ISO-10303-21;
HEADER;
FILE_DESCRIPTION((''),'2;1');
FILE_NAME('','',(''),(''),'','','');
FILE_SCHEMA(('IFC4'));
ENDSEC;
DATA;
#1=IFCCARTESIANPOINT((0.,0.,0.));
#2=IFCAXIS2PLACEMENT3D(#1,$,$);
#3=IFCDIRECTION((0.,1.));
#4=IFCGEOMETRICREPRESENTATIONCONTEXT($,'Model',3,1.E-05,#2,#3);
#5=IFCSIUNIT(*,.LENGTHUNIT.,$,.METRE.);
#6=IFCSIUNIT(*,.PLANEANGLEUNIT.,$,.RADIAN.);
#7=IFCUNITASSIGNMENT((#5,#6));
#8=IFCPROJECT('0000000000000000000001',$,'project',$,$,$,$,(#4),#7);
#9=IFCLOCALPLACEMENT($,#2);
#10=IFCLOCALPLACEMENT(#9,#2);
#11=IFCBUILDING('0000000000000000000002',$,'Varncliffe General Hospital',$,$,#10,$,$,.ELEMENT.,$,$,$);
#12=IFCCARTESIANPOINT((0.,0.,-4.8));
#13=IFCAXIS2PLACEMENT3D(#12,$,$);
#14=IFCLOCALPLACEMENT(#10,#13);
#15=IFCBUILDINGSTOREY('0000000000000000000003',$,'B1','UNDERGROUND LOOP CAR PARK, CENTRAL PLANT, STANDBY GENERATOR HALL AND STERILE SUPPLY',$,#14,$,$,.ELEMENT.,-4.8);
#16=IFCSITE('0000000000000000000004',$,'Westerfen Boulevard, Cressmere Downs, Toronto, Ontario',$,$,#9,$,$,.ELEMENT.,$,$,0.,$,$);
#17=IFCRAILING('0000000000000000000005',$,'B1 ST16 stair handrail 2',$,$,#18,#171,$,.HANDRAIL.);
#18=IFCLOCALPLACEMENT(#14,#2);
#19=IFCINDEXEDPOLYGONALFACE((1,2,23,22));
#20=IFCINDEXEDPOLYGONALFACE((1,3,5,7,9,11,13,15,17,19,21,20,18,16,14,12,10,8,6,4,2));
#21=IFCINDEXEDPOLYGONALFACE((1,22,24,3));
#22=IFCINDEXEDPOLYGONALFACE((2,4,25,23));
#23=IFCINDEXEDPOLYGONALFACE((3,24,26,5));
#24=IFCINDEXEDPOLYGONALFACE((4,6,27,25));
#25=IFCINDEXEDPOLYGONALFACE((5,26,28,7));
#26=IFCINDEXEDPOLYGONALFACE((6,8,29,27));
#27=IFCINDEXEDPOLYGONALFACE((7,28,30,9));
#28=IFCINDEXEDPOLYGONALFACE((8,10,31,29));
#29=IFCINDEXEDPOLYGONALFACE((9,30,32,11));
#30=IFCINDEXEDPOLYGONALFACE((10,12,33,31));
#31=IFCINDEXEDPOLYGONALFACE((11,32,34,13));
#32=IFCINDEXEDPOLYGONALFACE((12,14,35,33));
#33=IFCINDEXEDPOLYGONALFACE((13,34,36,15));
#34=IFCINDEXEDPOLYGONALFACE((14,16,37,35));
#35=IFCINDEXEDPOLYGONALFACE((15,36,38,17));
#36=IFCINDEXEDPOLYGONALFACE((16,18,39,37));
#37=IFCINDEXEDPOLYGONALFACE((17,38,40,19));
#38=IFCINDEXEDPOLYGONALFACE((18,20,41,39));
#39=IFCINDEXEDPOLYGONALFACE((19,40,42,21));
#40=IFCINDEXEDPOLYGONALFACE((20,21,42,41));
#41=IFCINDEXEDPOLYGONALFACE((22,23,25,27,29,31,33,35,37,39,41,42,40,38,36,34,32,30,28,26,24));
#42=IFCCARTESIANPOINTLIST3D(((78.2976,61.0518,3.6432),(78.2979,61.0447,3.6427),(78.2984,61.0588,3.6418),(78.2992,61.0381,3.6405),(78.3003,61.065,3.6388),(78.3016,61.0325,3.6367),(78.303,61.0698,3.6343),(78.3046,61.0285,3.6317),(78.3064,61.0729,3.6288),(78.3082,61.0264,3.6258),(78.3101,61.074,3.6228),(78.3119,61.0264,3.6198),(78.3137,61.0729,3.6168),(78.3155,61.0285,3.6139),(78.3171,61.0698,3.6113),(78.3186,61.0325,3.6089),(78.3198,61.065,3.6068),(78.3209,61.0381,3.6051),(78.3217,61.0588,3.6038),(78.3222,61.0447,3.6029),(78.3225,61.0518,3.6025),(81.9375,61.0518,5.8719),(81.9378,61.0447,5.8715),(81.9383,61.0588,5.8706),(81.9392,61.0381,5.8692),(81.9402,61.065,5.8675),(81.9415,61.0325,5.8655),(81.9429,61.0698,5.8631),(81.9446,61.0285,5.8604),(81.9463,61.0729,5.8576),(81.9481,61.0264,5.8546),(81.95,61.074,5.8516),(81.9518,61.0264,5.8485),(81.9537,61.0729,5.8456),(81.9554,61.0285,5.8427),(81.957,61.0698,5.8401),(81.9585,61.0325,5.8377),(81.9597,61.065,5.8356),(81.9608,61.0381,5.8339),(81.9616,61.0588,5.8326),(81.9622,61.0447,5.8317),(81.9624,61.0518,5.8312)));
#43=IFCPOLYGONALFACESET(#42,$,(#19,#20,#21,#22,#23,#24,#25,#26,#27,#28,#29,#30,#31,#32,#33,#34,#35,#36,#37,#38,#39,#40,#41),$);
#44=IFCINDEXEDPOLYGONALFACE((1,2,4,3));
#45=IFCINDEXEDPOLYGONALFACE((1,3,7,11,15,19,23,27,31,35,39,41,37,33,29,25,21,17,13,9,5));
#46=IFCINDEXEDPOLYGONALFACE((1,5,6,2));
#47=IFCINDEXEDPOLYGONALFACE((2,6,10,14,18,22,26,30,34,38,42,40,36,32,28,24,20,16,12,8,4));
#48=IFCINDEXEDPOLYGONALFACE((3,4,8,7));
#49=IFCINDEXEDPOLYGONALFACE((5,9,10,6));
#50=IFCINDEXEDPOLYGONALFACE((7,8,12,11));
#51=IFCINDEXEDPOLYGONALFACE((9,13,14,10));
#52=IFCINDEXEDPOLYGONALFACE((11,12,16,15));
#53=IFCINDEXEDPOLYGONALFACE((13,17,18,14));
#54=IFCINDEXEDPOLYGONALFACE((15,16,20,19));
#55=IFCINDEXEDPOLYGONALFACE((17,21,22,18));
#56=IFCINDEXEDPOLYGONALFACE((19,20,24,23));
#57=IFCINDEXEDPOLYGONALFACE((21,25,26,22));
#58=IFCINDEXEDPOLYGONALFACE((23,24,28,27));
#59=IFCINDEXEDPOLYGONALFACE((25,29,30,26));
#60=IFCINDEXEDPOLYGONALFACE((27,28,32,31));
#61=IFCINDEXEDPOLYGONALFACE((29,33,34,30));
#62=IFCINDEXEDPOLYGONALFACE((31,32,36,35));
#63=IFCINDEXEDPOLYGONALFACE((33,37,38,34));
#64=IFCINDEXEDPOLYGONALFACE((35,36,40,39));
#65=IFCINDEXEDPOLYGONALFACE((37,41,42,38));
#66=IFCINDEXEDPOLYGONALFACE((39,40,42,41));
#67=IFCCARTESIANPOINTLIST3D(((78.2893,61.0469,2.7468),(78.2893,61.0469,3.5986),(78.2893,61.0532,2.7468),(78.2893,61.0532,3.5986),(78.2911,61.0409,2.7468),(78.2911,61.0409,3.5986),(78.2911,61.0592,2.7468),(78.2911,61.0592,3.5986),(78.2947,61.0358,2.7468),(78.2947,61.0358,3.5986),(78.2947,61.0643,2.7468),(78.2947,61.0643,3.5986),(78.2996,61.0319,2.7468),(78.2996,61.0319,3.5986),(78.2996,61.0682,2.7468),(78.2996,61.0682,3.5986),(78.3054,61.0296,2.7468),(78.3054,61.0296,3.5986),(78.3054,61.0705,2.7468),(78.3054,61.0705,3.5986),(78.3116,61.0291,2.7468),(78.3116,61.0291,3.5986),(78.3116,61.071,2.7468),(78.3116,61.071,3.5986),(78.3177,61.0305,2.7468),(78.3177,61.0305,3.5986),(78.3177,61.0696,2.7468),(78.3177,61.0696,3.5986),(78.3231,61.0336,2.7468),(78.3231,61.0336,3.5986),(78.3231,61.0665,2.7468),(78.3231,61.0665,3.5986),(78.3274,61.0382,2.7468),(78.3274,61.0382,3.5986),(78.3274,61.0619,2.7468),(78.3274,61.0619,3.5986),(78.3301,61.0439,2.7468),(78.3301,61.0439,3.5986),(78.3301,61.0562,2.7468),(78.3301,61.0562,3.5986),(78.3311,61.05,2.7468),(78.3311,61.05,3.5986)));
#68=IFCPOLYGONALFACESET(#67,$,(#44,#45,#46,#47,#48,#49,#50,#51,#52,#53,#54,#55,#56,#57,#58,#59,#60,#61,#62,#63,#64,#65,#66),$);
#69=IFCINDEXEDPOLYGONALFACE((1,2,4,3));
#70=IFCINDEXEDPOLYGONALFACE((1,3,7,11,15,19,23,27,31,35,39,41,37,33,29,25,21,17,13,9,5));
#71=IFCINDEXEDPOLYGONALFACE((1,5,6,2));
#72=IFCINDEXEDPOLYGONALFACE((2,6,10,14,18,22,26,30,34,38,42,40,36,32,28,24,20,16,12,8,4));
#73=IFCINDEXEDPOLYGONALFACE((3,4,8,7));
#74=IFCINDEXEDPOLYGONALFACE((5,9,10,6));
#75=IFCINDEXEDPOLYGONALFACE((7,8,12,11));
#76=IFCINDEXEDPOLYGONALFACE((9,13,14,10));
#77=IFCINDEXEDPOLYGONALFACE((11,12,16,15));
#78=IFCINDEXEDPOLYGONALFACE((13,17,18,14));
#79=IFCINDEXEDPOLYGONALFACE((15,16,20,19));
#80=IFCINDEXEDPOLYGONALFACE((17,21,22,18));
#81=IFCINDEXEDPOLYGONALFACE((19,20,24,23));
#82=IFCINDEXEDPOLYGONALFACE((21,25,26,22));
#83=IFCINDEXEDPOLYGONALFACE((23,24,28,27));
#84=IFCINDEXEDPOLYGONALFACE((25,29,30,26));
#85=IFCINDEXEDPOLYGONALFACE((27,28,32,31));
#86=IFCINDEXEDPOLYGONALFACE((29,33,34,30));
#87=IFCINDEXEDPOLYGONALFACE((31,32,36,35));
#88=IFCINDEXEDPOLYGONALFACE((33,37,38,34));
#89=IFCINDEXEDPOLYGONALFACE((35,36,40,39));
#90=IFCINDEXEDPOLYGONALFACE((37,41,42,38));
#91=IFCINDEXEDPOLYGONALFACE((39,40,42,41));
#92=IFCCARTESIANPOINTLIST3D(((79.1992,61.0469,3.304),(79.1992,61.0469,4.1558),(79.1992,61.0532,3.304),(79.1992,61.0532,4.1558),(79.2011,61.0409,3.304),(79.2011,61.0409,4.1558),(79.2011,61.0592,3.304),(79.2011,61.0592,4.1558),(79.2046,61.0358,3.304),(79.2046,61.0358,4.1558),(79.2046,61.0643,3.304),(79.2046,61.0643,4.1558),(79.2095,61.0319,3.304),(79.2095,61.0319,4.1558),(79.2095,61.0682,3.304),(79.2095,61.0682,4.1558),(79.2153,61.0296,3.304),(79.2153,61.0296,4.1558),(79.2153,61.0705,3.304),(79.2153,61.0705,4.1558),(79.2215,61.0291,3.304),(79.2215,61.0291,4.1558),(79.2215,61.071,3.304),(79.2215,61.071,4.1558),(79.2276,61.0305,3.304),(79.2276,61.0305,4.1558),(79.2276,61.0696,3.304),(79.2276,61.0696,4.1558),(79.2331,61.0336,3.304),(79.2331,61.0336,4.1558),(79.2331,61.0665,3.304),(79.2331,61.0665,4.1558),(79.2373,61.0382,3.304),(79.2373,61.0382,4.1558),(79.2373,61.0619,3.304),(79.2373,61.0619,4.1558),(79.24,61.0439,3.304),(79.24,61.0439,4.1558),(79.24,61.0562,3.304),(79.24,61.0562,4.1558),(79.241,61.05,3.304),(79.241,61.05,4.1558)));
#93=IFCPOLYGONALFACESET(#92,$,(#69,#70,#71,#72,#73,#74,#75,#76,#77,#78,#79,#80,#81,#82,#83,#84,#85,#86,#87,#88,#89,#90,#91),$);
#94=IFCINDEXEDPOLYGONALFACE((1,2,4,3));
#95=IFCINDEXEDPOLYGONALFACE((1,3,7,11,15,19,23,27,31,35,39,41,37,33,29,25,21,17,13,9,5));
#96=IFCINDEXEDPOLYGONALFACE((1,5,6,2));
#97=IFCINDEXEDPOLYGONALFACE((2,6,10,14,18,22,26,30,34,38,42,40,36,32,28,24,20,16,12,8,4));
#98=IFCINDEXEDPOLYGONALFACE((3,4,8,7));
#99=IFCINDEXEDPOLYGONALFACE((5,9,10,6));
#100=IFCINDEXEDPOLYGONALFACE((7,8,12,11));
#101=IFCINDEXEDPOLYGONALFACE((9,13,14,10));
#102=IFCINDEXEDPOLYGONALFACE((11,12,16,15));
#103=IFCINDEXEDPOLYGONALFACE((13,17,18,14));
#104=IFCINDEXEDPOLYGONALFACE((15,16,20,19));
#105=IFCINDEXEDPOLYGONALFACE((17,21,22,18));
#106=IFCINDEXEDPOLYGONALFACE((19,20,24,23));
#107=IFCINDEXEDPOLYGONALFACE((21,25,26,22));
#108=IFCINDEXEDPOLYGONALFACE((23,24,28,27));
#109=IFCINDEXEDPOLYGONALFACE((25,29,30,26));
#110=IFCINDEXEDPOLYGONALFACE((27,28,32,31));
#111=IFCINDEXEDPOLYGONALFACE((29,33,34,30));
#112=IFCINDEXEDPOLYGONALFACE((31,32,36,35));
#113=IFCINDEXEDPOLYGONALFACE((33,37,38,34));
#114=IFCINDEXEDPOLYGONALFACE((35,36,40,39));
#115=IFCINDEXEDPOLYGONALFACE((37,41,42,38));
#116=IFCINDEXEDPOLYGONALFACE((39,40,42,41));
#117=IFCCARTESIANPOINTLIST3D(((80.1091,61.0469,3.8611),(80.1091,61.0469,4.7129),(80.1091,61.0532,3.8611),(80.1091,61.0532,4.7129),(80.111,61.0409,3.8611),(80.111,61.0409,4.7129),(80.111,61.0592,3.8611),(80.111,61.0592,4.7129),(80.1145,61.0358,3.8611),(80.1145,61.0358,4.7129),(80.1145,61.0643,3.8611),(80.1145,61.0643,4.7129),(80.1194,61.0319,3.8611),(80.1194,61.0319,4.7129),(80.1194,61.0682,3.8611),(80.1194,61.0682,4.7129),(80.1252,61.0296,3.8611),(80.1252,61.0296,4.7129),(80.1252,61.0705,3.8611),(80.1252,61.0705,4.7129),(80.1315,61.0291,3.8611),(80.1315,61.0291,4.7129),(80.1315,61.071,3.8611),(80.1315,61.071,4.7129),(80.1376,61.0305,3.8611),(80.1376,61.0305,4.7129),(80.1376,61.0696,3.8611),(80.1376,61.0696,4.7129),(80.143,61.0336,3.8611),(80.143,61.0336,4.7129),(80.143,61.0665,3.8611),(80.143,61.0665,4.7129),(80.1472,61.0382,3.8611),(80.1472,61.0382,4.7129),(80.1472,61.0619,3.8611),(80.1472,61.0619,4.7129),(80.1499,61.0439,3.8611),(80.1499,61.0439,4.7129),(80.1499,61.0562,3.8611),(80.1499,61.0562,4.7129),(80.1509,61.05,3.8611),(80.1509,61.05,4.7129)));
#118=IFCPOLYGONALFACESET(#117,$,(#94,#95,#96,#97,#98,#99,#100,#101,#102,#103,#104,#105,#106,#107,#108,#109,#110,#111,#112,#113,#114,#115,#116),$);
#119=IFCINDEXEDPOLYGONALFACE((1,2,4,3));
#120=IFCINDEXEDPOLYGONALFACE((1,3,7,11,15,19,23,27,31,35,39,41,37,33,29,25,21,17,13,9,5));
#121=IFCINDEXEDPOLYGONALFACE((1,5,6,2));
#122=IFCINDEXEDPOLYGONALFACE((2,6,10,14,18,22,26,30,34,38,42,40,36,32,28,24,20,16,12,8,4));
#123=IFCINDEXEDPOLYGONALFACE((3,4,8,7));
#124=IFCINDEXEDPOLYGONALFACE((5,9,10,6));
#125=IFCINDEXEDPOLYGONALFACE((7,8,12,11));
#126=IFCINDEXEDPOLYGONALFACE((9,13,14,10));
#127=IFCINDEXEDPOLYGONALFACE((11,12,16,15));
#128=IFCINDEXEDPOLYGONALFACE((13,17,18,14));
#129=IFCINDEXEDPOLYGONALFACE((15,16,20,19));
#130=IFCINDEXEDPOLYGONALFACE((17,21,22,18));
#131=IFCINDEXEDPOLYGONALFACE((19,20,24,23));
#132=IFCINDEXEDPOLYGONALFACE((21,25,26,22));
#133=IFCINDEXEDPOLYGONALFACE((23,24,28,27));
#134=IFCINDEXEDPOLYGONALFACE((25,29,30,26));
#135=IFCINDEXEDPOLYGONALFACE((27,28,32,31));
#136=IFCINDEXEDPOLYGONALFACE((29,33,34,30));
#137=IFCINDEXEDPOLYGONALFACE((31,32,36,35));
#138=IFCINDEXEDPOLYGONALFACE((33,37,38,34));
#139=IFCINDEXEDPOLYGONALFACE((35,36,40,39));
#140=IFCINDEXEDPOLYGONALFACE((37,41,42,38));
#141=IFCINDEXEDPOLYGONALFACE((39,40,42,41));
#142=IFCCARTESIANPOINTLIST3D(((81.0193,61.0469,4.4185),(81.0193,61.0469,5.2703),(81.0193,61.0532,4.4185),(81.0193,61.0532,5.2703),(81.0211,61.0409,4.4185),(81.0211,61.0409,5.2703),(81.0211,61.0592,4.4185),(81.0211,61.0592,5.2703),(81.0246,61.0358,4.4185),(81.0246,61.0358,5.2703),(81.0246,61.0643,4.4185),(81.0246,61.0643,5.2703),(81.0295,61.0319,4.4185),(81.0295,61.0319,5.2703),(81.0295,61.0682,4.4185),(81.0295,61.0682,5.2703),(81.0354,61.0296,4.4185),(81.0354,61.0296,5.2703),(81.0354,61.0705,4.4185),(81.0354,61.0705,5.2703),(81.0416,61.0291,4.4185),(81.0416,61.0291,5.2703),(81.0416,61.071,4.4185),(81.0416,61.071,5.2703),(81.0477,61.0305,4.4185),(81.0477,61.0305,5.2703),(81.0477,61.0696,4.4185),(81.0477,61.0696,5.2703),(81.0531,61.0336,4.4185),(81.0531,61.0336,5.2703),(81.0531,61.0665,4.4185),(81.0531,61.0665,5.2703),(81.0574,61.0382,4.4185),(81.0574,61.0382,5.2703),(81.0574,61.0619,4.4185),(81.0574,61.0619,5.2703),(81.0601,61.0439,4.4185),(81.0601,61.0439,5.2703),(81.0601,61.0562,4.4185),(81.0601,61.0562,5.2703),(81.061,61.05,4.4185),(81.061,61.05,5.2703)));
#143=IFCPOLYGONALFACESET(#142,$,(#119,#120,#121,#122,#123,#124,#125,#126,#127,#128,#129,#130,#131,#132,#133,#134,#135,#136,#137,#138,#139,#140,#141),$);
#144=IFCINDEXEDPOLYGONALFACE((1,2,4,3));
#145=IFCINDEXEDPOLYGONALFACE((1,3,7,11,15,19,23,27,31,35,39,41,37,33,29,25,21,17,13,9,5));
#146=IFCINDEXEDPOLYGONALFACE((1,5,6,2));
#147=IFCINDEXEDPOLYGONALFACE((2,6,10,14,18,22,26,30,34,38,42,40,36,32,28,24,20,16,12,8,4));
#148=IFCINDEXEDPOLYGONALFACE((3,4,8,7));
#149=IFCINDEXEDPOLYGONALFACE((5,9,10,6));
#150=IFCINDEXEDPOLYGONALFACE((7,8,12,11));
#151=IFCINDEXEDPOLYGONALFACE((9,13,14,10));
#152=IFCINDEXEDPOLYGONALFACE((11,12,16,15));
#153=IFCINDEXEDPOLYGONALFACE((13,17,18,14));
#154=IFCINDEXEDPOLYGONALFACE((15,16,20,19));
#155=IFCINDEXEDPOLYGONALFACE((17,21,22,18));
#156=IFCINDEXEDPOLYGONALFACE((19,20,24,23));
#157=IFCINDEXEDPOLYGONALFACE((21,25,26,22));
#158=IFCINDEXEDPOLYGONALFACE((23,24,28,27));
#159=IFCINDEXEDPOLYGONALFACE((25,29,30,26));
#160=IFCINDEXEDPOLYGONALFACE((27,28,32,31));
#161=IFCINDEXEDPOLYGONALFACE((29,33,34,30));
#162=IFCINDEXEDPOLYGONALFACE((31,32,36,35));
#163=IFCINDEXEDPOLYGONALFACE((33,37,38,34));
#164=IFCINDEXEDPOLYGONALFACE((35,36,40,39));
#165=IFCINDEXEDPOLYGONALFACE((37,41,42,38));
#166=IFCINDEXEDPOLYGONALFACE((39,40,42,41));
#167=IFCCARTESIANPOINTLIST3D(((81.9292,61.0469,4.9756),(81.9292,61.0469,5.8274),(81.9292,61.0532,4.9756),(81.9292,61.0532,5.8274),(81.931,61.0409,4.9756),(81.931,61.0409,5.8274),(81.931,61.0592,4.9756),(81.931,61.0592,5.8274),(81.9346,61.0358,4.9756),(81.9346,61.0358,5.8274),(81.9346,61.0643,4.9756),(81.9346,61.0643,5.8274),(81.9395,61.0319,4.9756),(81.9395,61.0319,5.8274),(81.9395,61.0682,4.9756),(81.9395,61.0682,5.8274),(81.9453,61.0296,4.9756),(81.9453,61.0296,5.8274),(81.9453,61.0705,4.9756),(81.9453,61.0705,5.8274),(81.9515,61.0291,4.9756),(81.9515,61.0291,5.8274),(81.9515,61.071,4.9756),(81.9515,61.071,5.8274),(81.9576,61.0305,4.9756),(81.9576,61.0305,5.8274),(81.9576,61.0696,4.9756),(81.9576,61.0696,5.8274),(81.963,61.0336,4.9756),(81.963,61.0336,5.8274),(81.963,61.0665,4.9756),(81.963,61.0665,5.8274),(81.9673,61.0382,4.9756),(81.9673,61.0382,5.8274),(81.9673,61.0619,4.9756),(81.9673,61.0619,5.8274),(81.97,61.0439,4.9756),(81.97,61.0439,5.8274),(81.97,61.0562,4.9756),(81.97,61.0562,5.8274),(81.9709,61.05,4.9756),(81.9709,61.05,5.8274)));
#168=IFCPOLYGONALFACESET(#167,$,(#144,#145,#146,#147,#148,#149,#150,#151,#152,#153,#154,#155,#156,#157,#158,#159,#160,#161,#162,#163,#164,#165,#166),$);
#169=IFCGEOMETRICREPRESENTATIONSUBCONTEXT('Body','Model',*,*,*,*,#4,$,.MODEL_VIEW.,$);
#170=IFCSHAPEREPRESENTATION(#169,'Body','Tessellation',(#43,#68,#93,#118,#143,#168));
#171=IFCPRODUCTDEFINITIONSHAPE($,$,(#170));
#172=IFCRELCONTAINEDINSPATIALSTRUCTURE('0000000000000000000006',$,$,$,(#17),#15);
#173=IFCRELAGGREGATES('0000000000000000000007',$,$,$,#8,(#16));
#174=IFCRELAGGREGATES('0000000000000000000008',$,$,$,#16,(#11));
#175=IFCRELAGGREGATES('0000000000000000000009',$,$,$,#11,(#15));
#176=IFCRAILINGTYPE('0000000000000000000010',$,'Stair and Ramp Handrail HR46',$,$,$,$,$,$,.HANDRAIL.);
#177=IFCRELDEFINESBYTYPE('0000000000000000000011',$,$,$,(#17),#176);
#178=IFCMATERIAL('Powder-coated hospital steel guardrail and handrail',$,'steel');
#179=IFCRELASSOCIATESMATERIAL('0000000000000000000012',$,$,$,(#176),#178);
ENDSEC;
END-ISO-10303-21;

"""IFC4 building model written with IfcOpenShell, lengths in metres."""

from ifc_helpers import new_model, si_unit, direction, frame, origin, origin_2d, place, context, subcontext, project, spatial, circle, extrude, material, type_object, element, save


model = new_model("IFC4")

# Units and contexts
model_context = context("Model", 3, precision=1e-05, world=origin(), true_north=direction((0.0, 1.0)))
body_context = subcontext(model_context, "Body", "Model", "MODEL_VIEW")
ifc_project = project(units=[si_unit("LENGTHUNIT", "METRE"), si_unit("PLANEANGLEUNIT", "RADIAN")], contexts=[model_context])

# Site, building, storey
site_placement = place(None, origin())
site = spatial("IfcSite", under=ifc_project, at=site_placement, Name="Westerfen Boulevard, Cressmere Downs, Toronto, Ontario", CompositionType="ELEMENT", RefElevation=0.0)
building_placement = place(site_placement, origin())
building = spatial("IfcBuilding", under=site, at=building_placement, Name="Varncliffe General Hospital", CompositionType="ELEMENT")
storey_placement = place(building_placement, frame((0.0, 0.0, -4.8)))
storey = spatial("IfcBuildingStorey", under=building, at=storey_placement, Name="B1", Description="UNDERGROUND LOOP CAR PARK, CENTRAL PLANT, STANDBY GENERATOR HALL AND STERILE SUPPLY", CompositionType="ELEMENT", Elevation=-4.8)

# Railing
ifc_material_1 = material(Name="Powder-coated hospital steel guardrail and handrail", Category="steel")
railing_type_1 = type_object("IfcRailingType", Name="Stair and Ramp Handrail HR46", PredefinedType="HANDRAIL", material=ifc_material_1)
railing_1_placement = place(storey_placement, frame((78.3101, 61.05, 2.7468)))
element("IfcRailing", 1, at=railing_1_placement, inside=storey, type_object=railing_type_1, Name="B1 ST16 stair handrail 2", PredefinedType="HANDRAIL", context=body_context, shape_type="SweptSolid", body=[
    extrude(circle(Radius=0.0239, at=origin_2d()), frame((0.0, 0.0, 0.876), z_axis=(0.852825, 0.0, 0.522197), x_axis=(0.0, 1.0, 0.0)), (0.0, 0.0, 1.0), 4.2681),
    extrude(circle(Radius=0.021, at=origin_2d()), origin(), (0.0, 0.0, 1.0), 0.8518),
    extrude(circle(Radius=0.021, at=origin_2d()), frame((0.9099, 0.0, 0.5571)), (0.0, 0.0, 1.0), 0.8518),
    extrude(circle(Radius=0.021, at=origin_2d()), frame((1.8198, 0.0, 1.1143)), (0.0, 0.0, 1.0), 0.8518),
    extrude(circle(Radius=0.021, at=origin_2d()), frame((2.73, 0.0, 1.6716)), (0.0, 0.0, 1.0), 0.8518),
    extrude(circle(Radius=0.021, at=origin_2d()), frame((3.6399, 0.0, 2.2288)), (0.0, 0.0, 1.0), 0.8518),
])

save(model, "model.ifc")
